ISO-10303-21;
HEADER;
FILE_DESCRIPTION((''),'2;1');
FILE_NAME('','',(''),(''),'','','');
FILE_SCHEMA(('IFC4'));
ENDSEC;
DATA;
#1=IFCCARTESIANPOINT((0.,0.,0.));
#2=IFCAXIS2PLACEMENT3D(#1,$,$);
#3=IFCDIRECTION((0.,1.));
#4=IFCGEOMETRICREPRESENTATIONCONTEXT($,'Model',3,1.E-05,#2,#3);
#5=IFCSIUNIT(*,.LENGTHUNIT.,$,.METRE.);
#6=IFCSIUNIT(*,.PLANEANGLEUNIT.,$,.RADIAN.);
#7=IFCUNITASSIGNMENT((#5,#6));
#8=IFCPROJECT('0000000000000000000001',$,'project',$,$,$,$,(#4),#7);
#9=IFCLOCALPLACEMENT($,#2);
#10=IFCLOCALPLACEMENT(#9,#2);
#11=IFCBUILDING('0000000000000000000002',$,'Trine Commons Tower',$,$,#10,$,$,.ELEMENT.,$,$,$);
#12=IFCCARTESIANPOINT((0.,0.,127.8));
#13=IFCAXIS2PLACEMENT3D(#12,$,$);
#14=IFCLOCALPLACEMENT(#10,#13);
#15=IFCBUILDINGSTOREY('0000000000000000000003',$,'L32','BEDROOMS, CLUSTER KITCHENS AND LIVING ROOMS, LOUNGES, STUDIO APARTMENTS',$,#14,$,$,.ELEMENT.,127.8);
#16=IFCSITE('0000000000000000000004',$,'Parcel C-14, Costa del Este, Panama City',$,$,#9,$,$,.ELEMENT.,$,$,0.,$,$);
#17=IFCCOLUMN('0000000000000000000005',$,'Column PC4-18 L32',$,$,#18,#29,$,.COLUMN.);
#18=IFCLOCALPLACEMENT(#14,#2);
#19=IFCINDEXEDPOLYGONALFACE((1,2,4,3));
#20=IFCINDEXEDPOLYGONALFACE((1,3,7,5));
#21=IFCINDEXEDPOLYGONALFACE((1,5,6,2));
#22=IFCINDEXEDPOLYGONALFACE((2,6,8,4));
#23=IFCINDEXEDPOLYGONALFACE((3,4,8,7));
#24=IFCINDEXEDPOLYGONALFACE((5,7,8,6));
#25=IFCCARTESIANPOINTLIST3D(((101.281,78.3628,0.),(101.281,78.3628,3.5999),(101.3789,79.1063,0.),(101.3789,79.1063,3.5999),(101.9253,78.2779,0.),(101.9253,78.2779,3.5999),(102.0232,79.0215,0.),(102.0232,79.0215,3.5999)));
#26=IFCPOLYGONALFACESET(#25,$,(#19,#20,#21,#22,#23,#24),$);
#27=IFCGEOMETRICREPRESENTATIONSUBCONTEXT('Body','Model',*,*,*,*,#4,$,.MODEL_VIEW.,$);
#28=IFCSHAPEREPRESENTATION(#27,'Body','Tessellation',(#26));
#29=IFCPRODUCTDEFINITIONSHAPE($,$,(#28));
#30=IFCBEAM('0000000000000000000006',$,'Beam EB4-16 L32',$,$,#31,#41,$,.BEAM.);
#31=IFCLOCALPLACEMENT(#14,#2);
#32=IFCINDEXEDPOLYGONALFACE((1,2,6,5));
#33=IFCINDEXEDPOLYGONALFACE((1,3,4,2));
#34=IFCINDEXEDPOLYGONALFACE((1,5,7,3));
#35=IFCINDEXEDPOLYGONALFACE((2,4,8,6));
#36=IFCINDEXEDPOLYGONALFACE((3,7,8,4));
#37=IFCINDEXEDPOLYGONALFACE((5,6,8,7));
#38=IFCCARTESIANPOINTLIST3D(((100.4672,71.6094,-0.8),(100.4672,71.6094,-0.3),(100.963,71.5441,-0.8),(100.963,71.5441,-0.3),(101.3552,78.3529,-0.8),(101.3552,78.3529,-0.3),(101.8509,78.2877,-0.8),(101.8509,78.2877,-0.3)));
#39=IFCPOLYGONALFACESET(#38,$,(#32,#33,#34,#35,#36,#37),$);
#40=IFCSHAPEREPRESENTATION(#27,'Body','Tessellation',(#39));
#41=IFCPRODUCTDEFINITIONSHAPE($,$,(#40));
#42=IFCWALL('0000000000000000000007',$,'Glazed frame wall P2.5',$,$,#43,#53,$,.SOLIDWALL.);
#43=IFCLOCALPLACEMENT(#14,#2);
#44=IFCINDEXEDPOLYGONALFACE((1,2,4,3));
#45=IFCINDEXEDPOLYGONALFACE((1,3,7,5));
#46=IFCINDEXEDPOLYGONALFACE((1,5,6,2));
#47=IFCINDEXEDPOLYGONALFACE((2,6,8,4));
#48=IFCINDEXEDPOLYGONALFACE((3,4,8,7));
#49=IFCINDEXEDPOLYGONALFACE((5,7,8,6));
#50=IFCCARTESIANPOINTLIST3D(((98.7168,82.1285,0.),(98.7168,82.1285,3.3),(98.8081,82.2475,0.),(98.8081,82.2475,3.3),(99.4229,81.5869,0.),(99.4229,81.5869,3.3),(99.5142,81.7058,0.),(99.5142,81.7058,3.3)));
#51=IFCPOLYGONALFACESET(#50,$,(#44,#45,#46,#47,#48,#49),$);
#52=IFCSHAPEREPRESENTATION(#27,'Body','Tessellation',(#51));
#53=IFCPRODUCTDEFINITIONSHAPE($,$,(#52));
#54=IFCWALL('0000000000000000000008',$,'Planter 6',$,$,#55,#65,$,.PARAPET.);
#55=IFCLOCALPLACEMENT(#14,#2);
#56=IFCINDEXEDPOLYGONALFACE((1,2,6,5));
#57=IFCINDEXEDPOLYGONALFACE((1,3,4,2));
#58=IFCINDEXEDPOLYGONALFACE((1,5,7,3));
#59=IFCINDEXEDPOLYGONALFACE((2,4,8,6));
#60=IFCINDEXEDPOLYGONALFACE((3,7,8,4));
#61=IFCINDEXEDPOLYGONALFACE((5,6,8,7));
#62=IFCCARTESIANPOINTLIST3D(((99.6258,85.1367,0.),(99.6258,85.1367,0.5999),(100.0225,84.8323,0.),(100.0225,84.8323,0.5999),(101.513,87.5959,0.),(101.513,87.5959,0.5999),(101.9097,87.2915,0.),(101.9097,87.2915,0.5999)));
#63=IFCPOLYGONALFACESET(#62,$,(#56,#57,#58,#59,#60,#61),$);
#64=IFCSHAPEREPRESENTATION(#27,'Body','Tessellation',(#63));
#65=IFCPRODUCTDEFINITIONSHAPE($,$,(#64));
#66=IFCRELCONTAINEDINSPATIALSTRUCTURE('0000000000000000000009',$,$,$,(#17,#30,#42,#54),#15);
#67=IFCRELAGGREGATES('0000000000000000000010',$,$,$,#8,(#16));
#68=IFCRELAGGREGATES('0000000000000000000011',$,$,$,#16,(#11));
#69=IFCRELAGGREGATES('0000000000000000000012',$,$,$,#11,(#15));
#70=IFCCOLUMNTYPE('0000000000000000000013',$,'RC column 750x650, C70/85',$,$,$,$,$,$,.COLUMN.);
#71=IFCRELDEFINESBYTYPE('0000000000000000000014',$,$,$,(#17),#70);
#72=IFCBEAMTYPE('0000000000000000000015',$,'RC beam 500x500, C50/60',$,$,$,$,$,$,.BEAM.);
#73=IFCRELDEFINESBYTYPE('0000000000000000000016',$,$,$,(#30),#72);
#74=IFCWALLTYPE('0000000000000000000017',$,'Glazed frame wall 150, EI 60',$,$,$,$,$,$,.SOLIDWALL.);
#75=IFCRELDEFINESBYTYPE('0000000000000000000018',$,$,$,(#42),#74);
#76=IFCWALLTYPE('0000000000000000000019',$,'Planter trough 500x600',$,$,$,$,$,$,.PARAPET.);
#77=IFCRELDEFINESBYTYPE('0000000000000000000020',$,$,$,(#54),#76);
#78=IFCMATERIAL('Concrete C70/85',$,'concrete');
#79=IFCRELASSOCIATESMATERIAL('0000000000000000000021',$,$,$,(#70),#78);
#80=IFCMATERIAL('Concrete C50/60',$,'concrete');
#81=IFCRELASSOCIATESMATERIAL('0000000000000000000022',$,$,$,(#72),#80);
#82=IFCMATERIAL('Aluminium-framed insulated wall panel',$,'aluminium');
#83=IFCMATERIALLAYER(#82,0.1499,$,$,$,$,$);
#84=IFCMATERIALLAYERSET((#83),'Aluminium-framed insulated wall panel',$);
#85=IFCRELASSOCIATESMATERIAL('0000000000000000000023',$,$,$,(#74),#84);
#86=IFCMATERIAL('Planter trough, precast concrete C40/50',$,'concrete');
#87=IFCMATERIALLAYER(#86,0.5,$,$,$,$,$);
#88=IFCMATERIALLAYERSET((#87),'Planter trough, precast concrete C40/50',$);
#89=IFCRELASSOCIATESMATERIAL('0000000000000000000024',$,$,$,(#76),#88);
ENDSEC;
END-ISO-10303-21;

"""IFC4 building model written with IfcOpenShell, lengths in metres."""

from ifc_helpers import new_model, si_unit, direction, frame, frame_2d, origin, origin_2d, place, context, subcontext, project, spatial, polyline, rectangle, outline, extrude, material, layer, layer_set, material_profile, profile_set, type_object, element, save


model = new_model("IFC4")

# Units and contexts
model_context = context("Model", 3, precision=1e-05, world=origin(), true_north=direction((0.0, 1.0)))
body_context = subcontext(model_context, "Body", "Model", "MODEL_VIEW")
ifc_project = project(units=[si_unit("LENGTHUNIT", "METRE"), si_unit("PLANEANGLEUNIT", "RADIAN")], contexts=[model_context])

# Site, building, storey
site_placement = place(None, origin())
site = spatial("IfcSite", under=ifc_project, at=site_placement, Name="Parcel C-14, Costa del Este, Panama City", CompositionType="ELEMENT", RefElevation=0.0)
building_placement = place(site_placement, origin())
building = spatial("IfcBuilding", under=site, at=building_placement, Name="Trine Commons Tower", CompositionType="ELEMENT")
storey_placement = place(building_placement, frame((0.0, 0.0, 127.8)))
storey = spatial("IfcBuildingStorey", under=building, at=storey_placement, Name="L32", Description="BEDROOMS, CLUSTER KITCHENS AND LIVING ROOMS, LOUNGES, STUDIO APARTMENTS", CompositionType="ELEMENT", Elevation=127.8)

# Column
ifc_material_1 = material(Name="Concrete C70/85", Category="concrete")
ifc_material_profile_1 = material_profile(ifc_material_1, rectangle(XDim=0.75, YDim=0.6499, at=origin_2d()), Name="RC 750x650")
ifc_profile_set_1 = profile_set([ifc_material_profile_1], Name="Concrete C70/85")
column_type = type_object("IfcColumnType", Name="RC column 750x650, C70/85", PredefinedType="COLUMN", material=ifc_profile_set_1)
column_placement = place(storey_placement, frame((101.6521, 78.6921, 0.0), z_axis=(0.0, 0.0, 1.0), x_axis=(0.130526, 0.991445, 0.0)))
element("IfcColumn", 1, at=column_placement, inside=storey, type_object=column_type, Name="Column PC4-18 L32", PredefinedType="COLUMN", context=body_context, shape_type="SweptSolid", body=[
    extrude(rectangle(XDim=0.75, YDim=0.6499, at=origin_2d()), origin(), (0.0, 0.0, 1.0), 3.5999),
])

# Beam
ifc_material_2 = material(Name="Concrete C50/60", Category="concrete")
ifc_material_profile_2 = material_profile(ifc_material_2, rectangle(XDim=0.5, YDim=0.5, at=origin_2d()), Name="RC 500x500")
ifc_profile_set_2 = profile_set([ifc_material_profile_2], Name="Concrete C50/60")
beam_type = type_object("IfcBeamType", Name="RC beam 500x500, C50/60", PredefinedType="BEAM", material=ifc_profile_set_2)
beam_placement = place(storey_placement, frame((101.603, 78.3203, -0.55), z_axis=(-0.130544, -0.991443, 0.0), x_axis=(0.991443, -0.130544, 0.0)))
element("IfcBeam", 2, at=beam_placement, inside=storey, type_object=beam_type, Name="Beam EB4-16 L32", PredefinedType="BEAM", context=body_context, shape_type="SweptSolid", body=[
    extrude(rectangle(XDim=0.5, YDim=0.5, at=origin_2d()), origin(), (0.0, 0.0, 1.0), 6.8018),
])

# Wall
ifc_material_3 = material(Name="Aluminium-framed insulated wall panel", Category="aluminium")
ifc_layer_1 = layer(ifc_material_3, 0.1499)
ifc_layer_set_1 = layer_set([ifc_layer_1], Name="Aluminium-framed insulated wall panel")
wall_type_1 = type_object("IfcWallType", Name="Glazed frame wall 150, EI 60", PredefinedType="SOLIDWALL", material=ifc_layer_set_1)
wall_1_placement = place(storey_placement, frame((98.7625, 82.188, 0.0), z_axis=(0.0, 0.0, 1.0), x_axis=(0.793449, -0.608637, 0.0)))
element("IfcWall", 3, at=wall_1_placement, inside=storey, type_object=wall_type_1, Name="Glazed frame wall P2.5", PredefinedType="SOLIDWALL", context=body_context, shape_type="SweptSolid", body=[
    extrude(outline(polyline([(0.8899, 0.075), (0.0, 0.075), (0.0, -0.075), (0.8899, -0.075), (0.8899, 0.075)])), origin(), (0.0, 0.0, 1.0), 3.3),
])

# Wall
ifc_material_4 = material(Name="Planter trough, precast concrete C40/50", Category="concrete")
ifc_layer_2 = layer(ifc_material_4, 0.5)
ifc_layer_set_2 = layer_set([ifc_layer_2], Name="Planter trough, precast concrete C40/50")
wall_type_2 = type_object("IfcWallType", Name="Planter trough 500x600", PredefinedType="PARAPET", material=ifc_layer_set_2)
wall_2_placement = place(storey_placement, frame((99.8242, 84.9846, 0.0), z_axis=(0.0, 0.0, 1.0), x_axis=(0.608797, 0.793326, 0.0)))
element("IfcWall", 4, at=wall_2_placement, inside=storey, type_object=wall_type_2, Name="Planter 6", PredefinedType="PARAPET", context=body_context, shape_type="SweptSolid", body=[
    extrude(rectangle(XDim=3.0999, YDim=0.5, at=frame_2d((1.5498, 0.0))), origin(), (0.0, 0.0, 1.0), 0.5999),
])

save(model, "model.ifc")
